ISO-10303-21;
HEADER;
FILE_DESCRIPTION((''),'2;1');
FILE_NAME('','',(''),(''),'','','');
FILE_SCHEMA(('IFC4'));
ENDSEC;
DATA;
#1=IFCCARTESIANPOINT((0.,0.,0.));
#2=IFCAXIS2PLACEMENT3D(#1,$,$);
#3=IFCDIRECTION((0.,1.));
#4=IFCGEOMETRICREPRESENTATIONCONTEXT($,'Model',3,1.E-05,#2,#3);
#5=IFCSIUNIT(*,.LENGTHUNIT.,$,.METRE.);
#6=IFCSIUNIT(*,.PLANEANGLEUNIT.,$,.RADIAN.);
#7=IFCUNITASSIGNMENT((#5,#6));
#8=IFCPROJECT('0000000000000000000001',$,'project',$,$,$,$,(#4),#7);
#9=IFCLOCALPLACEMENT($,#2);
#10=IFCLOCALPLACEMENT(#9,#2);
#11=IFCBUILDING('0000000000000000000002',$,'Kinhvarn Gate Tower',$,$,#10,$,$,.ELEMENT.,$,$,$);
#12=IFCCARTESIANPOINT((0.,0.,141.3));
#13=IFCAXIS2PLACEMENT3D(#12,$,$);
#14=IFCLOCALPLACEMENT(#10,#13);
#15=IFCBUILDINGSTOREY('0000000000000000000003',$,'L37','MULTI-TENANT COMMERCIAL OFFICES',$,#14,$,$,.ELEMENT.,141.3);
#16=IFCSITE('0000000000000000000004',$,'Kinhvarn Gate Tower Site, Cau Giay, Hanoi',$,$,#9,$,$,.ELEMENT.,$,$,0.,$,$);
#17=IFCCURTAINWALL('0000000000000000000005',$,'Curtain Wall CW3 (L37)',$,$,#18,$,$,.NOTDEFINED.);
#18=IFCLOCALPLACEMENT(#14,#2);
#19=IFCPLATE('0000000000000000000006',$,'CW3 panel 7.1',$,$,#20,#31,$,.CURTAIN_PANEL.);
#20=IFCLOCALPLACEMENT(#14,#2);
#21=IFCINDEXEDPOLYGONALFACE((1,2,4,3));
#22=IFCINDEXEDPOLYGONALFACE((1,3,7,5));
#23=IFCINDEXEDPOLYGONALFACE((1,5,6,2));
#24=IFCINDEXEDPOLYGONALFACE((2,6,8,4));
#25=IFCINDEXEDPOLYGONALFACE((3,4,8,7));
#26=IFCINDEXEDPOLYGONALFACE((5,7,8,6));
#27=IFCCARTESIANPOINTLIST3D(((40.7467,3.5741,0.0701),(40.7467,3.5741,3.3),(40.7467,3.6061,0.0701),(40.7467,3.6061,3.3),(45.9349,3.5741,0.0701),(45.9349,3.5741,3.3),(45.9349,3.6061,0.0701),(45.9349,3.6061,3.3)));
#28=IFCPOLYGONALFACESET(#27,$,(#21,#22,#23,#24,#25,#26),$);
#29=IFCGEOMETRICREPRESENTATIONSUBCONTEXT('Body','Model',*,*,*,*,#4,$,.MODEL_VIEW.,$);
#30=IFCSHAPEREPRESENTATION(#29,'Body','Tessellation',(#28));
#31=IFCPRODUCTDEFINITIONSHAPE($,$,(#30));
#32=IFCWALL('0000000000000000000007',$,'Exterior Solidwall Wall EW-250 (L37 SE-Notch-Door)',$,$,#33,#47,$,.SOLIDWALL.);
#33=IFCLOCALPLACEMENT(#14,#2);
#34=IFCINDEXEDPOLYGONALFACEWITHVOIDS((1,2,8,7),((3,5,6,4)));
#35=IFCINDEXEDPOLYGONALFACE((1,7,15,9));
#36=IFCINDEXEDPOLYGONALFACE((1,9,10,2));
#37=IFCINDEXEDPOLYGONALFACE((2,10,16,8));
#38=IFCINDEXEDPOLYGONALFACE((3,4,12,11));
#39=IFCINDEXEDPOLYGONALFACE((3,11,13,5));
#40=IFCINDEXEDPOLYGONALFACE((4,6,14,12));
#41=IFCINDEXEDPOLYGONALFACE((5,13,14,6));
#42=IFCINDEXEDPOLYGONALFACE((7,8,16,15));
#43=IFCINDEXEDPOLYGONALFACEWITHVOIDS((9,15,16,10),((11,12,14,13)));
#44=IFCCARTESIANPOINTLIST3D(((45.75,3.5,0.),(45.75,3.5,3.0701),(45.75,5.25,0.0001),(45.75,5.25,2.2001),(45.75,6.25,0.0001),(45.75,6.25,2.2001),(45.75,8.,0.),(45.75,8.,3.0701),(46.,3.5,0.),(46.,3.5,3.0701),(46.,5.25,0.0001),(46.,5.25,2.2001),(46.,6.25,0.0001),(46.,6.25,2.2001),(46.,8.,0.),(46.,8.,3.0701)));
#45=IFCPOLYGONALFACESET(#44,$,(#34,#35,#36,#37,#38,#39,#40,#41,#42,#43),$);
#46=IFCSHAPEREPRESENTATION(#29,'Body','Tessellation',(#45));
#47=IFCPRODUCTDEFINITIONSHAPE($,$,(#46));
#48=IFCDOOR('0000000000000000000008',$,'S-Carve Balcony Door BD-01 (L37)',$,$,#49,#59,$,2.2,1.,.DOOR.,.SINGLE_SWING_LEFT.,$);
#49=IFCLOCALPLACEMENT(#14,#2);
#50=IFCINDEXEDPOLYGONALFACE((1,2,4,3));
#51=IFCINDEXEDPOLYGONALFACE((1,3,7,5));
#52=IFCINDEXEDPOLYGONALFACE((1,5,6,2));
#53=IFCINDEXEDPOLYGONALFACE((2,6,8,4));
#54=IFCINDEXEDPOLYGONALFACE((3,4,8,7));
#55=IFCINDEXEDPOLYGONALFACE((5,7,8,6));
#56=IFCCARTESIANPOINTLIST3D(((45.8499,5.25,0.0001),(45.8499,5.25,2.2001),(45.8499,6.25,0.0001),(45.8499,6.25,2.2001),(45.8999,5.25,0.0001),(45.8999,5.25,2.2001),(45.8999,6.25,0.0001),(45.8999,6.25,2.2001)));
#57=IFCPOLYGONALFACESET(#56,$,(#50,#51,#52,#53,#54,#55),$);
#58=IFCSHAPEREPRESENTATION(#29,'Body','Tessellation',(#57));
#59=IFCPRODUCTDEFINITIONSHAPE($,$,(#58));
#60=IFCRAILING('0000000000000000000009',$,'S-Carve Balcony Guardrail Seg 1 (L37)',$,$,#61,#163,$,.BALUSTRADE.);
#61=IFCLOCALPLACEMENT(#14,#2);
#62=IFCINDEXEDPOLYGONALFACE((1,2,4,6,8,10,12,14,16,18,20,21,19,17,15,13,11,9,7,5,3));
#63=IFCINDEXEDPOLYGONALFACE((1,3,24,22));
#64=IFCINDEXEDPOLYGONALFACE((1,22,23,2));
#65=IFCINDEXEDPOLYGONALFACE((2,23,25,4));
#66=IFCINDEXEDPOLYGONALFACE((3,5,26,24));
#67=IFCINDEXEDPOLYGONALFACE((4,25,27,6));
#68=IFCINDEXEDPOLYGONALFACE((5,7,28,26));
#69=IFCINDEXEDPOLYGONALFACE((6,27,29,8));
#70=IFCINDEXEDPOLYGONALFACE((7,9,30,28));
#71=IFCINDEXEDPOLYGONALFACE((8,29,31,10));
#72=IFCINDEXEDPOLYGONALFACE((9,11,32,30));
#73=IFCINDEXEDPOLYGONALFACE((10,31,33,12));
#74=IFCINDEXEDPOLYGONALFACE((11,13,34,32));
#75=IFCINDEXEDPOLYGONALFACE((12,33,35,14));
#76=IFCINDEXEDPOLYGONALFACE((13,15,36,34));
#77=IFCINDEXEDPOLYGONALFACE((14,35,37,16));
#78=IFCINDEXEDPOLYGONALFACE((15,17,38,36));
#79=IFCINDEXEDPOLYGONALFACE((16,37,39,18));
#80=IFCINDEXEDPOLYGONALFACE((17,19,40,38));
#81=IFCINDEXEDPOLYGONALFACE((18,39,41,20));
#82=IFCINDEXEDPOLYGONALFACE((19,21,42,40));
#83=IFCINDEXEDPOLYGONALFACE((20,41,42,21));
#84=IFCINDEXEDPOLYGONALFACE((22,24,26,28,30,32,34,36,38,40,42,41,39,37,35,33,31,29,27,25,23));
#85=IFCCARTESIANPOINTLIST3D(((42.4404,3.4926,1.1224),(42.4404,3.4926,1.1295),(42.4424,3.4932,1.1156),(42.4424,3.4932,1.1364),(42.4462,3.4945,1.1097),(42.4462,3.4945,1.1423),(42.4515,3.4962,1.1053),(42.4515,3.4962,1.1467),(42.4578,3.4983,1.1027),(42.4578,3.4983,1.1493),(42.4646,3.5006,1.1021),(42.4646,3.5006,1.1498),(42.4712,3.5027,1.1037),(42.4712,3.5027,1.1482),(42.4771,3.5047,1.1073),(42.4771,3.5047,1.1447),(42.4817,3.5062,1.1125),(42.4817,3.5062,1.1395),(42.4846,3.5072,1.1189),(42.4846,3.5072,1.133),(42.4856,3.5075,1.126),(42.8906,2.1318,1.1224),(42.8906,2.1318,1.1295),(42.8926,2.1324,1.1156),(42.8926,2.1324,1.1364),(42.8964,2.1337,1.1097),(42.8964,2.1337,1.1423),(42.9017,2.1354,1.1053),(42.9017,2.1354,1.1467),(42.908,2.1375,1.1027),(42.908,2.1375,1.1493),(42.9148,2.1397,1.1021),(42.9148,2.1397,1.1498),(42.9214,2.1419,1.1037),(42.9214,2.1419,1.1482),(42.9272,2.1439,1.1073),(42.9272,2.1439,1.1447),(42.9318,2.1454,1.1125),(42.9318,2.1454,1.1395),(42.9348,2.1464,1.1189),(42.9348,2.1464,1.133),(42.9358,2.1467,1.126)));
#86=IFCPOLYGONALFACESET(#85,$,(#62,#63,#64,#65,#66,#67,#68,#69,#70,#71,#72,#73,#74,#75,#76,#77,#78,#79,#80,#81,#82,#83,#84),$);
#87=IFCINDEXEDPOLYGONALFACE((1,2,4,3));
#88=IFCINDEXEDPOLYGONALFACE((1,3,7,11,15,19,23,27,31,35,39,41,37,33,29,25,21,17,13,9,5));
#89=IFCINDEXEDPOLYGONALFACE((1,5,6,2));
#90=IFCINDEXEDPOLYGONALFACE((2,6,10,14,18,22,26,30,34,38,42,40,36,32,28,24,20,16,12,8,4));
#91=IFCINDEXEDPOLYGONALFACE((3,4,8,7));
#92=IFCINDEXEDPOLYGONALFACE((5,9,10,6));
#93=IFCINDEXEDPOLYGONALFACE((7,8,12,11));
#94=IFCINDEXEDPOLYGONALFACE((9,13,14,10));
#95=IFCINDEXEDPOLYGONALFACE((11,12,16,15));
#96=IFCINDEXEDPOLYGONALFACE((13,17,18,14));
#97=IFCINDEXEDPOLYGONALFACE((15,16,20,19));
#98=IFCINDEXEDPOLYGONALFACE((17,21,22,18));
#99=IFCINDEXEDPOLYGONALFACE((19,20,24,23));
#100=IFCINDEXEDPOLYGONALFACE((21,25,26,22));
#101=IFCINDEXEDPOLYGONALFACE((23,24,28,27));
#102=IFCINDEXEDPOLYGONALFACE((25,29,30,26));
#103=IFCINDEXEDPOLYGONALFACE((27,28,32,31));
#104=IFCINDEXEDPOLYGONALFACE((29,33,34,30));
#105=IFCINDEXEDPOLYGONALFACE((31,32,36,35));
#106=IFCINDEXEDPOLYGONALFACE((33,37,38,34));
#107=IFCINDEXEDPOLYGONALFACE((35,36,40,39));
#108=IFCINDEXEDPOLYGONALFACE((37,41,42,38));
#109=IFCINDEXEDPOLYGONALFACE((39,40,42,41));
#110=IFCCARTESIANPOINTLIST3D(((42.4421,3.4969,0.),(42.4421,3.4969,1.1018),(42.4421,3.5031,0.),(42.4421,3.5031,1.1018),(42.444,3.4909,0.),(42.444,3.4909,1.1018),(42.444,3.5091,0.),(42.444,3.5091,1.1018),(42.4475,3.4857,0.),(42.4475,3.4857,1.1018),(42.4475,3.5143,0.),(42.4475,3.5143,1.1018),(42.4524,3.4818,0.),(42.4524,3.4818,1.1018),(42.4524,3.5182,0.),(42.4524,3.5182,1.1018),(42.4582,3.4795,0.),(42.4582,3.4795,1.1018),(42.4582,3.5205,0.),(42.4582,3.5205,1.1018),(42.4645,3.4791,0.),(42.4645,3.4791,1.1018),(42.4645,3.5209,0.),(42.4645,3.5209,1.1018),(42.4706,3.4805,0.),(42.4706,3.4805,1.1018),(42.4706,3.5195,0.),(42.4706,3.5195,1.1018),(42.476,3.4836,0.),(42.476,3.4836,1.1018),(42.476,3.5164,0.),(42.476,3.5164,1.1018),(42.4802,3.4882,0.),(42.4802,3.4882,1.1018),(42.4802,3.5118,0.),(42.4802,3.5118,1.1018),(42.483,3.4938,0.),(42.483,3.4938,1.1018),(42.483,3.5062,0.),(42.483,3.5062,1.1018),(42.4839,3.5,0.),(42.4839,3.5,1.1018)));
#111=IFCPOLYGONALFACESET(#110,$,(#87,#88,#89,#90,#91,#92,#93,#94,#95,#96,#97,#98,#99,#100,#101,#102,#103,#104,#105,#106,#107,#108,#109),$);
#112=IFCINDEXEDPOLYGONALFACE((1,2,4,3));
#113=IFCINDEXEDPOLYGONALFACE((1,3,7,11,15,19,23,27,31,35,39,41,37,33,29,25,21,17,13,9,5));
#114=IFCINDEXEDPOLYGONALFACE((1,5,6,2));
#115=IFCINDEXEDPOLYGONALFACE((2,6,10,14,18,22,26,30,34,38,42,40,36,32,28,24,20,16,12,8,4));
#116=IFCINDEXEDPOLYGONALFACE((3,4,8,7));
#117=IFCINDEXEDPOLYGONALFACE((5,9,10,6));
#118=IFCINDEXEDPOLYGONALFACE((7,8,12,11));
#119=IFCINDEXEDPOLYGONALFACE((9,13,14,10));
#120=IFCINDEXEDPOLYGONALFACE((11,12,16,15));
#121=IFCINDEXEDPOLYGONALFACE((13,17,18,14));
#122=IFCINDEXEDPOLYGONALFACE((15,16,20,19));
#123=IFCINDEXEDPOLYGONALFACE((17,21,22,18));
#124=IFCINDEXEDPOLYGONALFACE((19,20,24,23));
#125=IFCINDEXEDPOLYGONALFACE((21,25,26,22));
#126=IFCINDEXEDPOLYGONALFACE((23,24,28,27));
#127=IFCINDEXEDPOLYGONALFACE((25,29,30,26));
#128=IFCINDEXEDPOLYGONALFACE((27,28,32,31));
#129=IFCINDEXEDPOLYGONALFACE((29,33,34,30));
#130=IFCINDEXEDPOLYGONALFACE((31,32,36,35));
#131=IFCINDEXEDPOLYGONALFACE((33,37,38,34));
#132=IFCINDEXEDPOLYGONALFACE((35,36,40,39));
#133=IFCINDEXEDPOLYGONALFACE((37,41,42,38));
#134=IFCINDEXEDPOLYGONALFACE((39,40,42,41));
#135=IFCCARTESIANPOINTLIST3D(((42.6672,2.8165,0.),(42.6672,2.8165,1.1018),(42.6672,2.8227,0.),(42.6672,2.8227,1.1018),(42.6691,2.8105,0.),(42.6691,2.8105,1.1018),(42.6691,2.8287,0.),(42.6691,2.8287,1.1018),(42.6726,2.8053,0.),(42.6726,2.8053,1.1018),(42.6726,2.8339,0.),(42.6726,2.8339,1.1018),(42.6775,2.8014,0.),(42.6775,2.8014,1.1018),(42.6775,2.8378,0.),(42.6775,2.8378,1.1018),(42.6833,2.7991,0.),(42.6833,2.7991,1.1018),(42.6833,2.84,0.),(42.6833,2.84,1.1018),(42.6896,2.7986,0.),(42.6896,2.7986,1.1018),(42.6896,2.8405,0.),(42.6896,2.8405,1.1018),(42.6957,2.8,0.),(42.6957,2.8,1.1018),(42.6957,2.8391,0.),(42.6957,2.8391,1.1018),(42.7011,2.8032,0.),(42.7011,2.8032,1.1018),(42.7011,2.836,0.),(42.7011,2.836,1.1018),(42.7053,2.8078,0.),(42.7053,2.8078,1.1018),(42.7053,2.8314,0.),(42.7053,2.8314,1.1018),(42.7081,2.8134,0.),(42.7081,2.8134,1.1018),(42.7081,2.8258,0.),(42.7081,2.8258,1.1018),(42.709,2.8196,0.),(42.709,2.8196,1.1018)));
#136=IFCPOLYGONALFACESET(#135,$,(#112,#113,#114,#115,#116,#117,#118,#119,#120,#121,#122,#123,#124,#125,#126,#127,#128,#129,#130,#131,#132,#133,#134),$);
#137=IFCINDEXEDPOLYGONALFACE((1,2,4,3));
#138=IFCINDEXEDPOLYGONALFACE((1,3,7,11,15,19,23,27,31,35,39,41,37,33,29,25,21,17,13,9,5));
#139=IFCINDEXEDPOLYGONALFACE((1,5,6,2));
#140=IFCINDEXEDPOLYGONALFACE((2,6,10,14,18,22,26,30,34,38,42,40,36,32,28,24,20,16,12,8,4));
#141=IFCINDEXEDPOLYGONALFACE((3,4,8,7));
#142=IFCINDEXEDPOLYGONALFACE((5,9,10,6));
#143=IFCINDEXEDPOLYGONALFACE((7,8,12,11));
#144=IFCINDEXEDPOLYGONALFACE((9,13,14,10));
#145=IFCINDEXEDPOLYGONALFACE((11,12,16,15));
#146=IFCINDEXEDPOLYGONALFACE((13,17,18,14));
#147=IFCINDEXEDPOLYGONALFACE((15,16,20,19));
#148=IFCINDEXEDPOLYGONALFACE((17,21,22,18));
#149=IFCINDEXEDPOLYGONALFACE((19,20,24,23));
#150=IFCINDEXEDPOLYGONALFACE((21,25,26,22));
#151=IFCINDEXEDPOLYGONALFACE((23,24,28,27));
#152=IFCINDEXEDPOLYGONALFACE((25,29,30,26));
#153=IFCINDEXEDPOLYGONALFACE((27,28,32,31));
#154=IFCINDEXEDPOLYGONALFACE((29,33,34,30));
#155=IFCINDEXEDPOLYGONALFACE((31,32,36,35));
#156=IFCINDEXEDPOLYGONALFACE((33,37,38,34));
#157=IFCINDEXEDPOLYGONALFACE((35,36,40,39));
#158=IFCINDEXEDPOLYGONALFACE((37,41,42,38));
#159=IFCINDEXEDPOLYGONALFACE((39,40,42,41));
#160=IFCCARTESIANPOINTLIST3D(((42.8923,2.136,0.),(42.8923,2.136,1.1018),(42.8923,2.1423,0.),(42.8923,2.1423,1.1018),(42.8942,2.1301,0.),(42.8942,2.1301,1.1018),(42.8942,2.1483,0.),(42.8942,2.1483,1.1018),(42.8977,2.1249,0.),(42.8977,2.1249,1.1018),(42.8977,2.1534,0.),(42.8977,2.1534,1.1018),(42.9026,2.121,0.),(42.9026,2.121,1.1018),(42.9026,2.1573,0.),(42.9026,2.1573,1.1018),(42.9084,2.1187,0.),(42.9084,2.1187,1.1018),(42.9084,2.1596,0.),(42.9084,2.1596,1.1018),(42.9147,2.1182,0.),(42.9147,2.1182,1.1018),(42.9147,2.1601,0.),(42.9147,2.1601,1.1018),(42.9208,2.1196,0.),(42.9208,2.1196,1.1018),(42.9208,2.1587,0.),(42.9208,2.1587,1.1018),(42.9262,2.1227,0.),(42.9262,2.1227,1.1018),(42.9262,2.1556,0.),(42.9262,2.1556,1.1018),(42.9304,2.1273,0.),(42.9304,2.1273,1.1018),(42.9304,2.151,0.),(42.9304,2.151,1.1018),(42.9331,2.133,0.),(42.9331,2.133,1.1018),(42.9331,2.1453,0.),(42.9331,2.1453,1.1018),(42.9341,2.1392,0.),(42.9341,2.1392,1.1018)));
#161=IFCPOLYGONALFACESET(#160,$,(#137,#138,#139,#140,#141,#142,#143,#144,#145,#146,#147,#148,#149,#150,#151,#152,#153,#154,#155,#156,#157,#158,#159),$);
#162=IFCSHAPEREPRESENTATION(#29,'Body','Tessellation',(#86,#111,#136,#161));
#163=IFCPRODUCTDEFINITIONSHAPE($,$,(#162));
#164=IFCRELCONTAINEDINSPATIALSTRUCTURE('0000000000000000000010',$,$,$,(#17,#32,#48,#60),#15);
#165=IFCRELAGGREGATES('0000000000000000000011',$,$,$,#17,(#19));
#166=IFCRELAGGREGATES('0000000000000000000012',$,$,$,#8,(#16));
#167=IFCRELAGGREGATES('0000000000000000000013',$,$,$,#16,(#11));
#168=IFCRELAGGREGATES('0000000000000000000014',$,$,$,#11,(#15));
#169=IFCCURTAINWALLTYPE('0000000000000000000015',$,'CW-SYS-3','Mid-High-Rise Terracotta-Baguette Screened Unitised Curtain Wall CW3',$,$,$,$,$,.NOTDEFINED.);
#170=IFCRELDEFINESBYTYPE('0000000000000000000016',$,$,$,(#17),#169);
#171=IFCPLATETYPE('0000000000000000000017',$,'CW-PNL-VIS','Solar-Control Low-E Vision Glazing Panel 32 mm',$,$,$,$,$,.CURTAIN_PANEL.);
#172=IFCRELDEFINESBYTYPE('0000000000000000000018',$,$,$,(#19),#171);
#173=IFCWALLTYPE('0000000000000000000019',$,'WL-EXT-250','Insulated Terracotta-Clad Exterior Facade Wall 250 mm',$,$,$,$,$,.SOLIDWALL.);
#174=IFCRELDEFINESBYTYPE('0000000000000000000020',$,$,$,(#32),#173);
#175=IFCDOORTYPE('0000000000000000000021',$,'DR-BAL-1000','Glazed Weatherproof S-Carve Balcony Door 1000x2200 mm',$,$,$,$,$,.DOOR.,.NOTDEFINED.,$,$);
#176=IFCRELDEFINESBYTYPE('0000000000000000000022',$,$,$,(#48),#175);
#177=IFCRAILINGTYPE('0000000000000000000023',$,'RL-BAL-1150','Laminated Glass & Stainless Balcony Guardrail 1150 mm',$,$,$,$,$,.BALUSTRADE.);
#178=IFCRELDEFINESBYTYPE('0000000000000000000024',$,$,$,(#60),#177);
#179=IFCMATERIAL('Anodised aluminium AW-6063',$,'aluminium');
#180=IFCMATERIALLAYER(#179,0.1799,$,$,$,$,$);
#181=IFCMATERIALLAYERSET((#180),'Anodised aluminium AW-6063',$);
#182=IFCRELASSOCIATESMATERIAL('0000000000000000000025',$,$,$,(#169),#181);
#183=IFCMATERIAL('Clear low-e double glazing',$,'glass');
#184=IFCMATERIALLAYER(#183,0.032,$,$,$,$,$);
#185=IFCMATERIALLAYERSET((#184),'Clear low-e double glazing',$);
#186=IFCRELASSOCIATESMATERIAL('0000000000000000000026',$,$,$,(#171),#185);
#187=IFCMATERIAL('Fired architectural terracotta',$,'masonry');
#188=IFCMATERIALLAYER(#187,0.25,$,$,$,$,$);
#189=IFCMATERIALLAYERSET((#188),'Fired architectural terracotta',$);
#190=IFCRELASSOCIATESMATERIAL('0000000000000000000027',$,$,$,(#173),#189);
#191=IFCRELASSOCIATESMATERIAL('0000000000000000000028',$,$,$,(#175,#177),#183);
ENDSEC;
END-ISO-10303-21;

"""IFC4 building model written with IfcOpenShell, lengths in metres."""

from ifc_helpers import new_model, si_unit, direction, frame, frame_2d, origin, origin_2d, place, context, subcontext, project, spatial, rectangle, circle, extrude, material, layer, layer_set, type_object, element, fill, aggregate, save


model = new_model("IFC4")

# Units and contexts
model_context = context("Model", 3, precision=1e-05, world=origin(), true_north=direction((0.0, 1.0)))
body_context = subcontext(model_context, "Body", "Model", "MODEL_VIEW")
ifc_project = project(units=[si_unit("LENGTHUNIT", "METRE"), si_unit("PLANEANGLEUNIT", "RADIAN")], contexts=[model_context])

# Site, building, storey
site_placement = place(None, origin())
site = spatial("IfcSite", under=ifc_project, at=site_placement, Name="Kinhvarn Gate Tower Site, Cau Giay, Hanoi", CompositionType="ELEMENT", RefElevation=0.0)
building_placement = place(site_placement, origin())
building = spatial("IfcBuilding", under=site, at=building_placement, Name="Kinhvarn Gate Tower", CompositionType="ELEMENT")
storey_placement = place(building_placement, frame((0.0, 0.0, 141.3)))
storey = spatial("IfcBuildingStorey", under=building, at=storey_placement, Name="L37", Description="MULTI-TENANT COMMERCIAL OFFICES", CompositionType="ELEMENT", Elevation=141.3)

# Curtain wall
ifc_material_1 = material(Name="Anodised aluminium AW-6063", Category="aluminium")
ifc_layer_1 = layer(ifc_material_1, 0.1799)
ifc_layer_set_1 = layer_set([ifc_layer_1], Name="Anodised aluminium AW-6063")
curtain_wall_type = type_object("IfcCurtainWallType", Name="CW-SYS-3", Description="Mid-High-Rise Terracotta-Baguette Screened Unitised Curtain Wall CW3", PredefinedType="NOTDEFINED", material=ifc_layer_set_1)
curtain_wall_1_placement = place(storey_placement, origin())
curtain_wall_1 = element("IfcCurtainWall", 1, at=curtain_wall_1_placement, inside=storey, type_object=curtain_wall_type, Name="Curtain Wall CW3 (L37)", PredefinedType="NOTDEFINED")

# Plate
ifc_material_2 = material(Name="Clear low-e double glazing", Category="glass")
ifc_layer_2 = layer(ifc_material_2, 0.032)
ifc_layer_set_2 = layer_set([ifc_layer_2], Name="Clear low-e double glazing")
plate_type = type_object("IfcPlateType", Name="CW-PNL-VIS", Description="Solar-Control Low-E Vision Glazing Panel 32 mm", PredefinedType="CURTAIN_PANEL", material=ifc_layer_set_2)
plate_placement = place(storey_placement, frame((43.3408, 3.5901, 0.0701), z_axis=(0.0, 0.0, 1.0), x_axis=(1.0, 0.0, 0.0)))
plate = element("IfcPlate", 2, at=plate_placement, type_object=plate_type, Name="CW3 panel 7.1", PredefinedType="CURTAIN_PANEL", context=body_context, shape_type="SweptSolid", body=[
    extrude(rectangle(XDim=5.1882, YDim=0.032, at=origin_2d()), origin(), (0.0, 0.0, 1.0), 3.23),
])
aggregate(curtain_wall_1, [plate])

# Wall, opening, door
ifc_material_3 = material(Name="Fired architectural terracotta", Category="masonry")
ifc_layer_3 = layer(ifc_material_3, 0.25)
ifc_layer_set_3 = layer_set([ifc_layer_3], Name="Fired architectural terracotta")
wall_type = type_object("IfcWallType", Name="WL-EXT-250", Description="Insulated Terracotta-Clad Exterior Facade Wall 250 mm", PredefinedType="SOLIDWALL", material=ifc_layer_set_3)
wall_placement = place(storey_placement, frame((45.875, 3.5, 0.0), z_axis=(0.0, 0.0, 1.0), x_axis=(0.0, 1.0, 0.0)))
wall = element("IfcWall", 3, at=wall_placement, inside=storey, type_object=wall_type, Name="Exterior Solidwall Wall EW-250 (L37 SE-Notch-Door)", PredefinedType="SOLIDWALL", context=body_context, shape_type="SweptSolid", body=[
    extrude(rectangle(XDim=4.5, YDim=0.25, at=frame_2d((2.25, 0.0))), origin(), (0.0, 0.0, 1.0), 3.0701),
])
opening_placement = place(wall_placement, frame((1.75, 0.0, 0.0)))
opening = element("IfcOpeningElement", 4, at=opening_placement, cuts=wall, PredefinedType="OPENING", context=body_context, shape_type="SweptSolid", body=[
    extrude(rectangle(XDim=1.0, YDim=2.2, at=frame_2d((0.5, 1.1001))), frame((0.0, 0.135, 0.0), z_axis=(0.0, -1.0, 0.0), x_axis=(1.0, 0.0, 0.0)), (0.0, 0.0, 1.0), 0.27),
])
door_type = type_object("IfcDoorType", Name="DR-BAL-1000", Description="Glazed Weatherproof S-Carve Balcony Door 1000x2200 mm", OperationType="NOTDEFINED", PredefinedType="DOOR", material=ifc_material_2)
door_placement = place(opening_placement, frame((1.0, 0.0, 0.0), z_axis=(0.0, 0.0, 1.0), x_axis=(-1.0, 0.0, 0.0)))
door = element("IfcDoor", 5, at=door_placement, inside=storey, type_object=door_type, Name="S-Carve Balcony Door BD-01 (L37)", OperationType="SINGLE_SWING_LEFT", OverallHeight=2.2, OverallWidth=1.0, PredefinedType="DOOR", context=body_context, shape_type="SweptSolid", body=[
    extrude(rectangle(XDim=1.0, YDim=2.2, at=frame_2d((0.5, 1.1001))), frame((0.0, 0.0249, 0.0), z_axis=(0.0, -1.0, 0.0), x_axis=(1.0, 0.0, 0.0)), (0.0, 0.0, 1.0), 0.05),
])
fill(opening, door)

# Railing
railing_type = type_object("IfcRailingType", Name="RL-BAL-1150", Description="Laminated Glass & Stainless Balcony Guardrail 1150 mm", PredefinedType="BALUSTRADE", material=ifc_material_2)
railing_1_placement = place(storey_placement, frame((42.4629, 3.5, 0.0)))
element("IfcRailing", 6, at=railing_1_placement, inside=storey, type_object=railing_type, Name="S-Carve Balcony Guardrail Seg 1 (L37)", PredefinedType="BALUSTRADE", context=body_context, shape_type="SweptSolid", body=[
    extrude(circle(Radius=0.0239, at=origin_2d()), frame((0.0, 0.0, 1.126), z_axis=(0.314081, -0.949396, 0.0), x_axis=(0.949396, 0.314081, 0.0)), (0.0, 0.0, 1.0), 1.4333),
    extrude(circle(Radius=0.021, at=origin_2d()), origin(), (0.0, 0.0, 1.0), 1.1018),
    extrude(circle(Radius=0.021, at=origin_2d()), frame((0.2251, -0.6804, 0.0)), (0.0, 0.0, 1.0), 1.1018),
    extrude(circle(Radius=0.021, at=origin_2d()), frame((0.4502, -1.3608, 0.0)), (0.0, 0.0, 1.0), 1.1018),
])

save(model, "model.ifc")
